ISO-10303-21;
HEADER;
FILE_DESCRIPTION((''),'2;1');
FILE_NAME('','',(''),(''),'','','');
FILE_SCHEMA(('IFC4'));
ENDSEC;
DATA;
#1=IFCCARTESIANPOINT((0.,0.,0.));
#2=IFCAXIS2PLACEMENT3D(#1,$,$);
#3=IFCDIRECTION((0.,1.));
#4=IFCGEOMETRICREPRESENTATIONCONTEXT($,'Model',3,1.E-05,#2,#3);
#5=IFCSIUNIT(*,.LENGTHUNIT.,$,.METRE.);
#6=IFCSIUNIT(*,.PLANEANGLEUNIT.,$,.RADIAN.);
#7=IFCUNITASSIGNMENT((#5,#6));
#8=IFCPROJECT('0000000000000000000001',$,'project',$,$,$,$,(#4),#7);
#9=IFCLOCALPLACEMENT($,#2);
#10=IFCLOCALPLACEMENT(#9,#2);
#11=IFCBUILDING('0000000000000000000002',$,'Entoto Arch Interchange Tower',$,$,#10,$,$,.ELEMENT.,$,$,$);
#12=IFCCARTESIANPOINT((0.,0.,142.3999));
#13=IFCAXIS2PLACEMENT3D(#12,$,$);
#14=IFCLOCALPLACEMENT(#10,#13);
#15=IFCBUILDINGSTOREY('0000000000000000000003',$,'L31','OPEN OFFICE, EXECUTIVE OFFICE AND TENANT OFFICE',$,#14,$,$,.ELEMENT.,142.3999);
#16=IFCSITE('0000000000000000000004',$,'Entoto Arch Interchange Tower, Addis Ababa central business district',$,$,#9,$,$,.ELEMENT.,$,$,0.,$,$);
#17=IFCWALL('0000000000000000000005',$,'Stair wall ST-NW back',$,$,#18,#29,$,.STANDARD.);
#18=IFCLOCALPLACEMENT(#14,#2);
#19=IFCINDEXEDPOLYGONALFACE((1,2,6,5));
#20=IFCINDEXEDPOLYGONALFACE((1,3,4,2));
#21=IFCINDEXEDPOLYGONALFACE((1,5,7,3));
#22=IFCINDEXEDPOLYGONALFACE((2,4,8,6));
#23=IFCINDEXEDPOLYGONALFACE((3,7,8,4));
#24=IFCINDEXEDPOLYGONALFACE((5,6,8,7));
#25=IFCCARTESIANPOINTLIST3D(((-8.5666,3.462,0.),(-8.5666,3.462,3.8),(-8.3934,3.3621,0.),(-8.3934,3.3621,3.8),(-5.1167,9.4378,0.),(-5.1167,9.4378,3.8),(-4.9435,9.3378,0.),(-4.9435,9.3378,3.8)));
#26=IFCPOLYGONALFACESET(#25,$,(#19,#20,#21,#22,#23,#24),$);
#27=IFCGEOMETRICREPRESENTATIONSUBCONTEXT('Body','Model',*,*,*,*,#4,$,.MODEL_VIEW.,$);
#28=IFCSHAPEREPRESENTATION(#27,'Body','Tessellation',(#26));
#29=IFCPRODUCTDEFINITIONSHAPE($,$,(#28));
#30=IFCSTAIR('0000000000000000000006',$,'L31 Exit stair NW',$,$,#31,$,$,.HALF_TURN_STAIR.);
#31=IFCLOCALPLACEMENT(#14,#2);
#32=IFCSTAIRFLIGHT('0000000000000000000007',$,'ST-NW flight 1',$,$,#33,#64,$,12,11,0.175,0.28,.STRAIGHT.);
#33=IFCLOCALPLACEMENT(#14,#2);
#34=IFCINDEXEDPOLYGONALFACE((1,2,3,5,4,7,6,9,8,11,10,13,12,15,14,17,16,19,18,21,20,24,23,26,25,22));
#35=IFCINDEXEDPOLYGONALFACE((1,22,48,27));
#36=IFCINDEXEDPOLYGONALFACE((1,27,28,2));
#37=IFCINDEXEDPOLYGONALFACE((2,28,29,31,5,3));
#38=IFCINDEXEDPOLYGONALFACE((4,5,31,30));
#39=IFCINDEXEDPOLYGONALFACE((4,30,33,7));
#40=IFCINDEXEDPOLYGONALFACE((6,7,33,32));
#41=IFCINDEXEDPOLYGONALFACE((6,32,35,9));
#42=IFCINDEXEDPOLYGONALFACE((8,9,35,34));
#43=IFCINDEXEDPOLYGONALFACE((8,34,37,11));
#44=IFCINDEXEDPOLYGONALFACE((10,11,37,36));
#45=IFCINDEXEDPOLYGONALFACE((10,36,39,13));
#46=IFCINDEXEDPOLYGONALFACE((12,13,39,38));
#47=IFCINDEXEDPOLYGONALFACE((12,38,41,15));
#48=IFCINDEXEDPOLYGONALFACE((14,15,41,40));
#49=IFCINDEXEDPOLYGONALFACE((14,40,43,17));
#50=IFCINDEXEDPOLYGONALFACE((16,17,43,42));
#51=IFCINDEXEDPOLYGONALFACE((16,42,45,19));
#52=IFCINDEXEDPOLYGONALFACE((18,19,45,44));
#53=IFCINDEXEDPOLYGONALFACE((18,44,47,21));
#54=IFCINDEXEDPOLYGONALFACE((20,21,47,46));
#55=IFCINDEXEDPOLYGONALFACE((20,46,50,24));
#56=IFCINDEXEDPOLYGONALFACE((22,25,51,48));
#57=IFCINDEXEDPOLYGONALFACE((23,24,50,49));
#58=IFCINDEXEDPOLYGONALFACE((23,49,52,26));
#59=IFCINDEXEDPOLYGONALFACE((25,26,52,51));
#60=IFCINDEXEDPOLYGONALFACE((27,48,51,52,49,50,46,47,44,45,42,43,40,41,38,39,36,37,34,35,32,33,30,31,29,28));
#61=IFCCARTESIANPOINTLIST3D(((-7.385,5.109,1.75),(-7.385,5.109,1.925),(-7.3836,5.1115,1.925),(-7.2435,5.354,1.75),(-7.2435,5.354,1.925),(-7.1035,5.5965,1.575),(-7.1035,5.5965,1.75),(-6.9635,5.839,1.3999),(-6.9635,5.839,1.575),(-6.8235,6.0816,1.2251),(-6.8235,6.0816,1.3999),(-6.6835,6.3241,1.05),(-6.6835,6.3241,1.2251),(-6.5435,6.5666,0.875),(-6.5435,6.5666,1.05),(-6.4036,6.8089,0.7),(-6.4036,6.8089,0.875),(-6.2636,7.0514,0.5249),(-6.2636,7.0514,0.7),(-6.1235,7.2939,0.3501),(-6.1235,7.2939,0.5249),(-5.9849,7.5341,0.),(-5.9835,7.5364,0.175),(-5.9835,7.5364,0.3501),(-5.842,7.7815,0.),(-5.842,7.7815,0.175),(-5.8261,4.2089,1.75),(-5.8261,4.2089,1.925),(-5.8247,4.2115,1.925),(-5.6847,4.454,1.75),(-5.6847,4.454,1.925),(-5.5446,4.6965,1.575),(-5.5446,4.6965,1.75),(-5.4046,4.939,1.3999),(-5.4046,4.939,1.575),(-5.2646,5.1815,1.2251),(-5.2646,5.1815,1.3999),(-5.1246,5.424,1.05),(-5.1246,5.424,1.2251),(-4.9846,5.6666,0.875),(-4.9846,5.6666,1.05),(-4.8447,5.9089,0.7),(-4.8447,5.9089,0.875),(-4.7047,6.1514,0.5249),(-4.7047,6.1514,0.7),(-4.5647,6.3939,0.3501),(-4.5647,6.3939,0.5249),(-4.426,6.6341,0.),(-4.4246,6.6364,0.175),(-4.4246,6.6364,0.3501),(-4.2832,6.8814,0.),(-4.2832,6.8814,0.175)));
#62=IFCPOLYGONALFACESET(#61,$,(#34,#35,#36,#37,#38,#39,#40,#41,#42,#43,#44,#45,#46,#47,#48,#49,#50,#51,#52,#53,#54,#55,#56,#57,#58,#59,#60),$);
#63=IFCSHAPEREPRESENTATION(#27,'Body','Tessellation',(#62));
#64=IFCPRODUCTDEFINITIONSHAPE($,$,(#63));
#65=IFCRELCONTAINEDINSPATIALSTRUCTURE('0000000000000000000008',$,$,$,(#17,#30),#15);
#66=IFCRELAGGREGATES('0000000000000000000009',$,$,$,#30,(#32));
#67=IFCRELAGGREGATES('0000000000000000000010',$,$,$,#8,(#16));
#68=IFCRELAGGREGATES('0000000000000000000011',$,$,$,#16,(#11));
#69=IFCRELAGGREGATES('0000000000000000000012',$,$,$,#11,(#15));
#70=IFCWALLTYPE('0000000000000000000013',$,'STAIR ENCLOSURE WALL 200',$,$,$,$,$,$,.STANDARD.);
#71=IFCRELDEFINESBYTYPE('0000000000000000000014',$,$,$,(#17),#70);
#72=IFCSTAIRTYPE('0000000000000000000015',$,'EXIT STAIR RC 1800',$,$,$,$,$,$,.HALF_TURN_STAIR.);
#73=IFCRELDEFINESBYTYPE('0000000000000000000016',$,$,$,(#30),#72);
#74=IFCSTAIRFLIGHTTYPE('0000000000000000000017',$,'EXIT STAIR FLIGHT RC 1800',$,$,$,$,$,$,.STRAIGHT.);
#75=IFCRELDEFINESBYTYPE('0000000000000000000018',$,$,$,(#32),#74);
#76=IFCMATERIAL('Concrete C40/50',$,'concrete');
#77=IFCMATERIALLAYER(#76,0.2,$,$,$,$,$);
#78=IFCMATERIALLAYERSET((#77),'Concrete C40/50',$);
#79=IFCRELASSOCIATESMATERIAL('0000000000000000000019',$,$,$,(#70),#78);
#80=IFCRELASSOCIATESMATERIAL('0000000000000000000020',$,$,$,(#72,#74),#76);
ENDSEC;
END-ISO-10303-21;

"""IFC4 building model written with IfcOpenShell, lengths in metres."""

from ifc_helpers import new_model, si_unit, direction, frame, frame_2d, origin, place, context, subcontext, project, spatial, polyline, rectangle, outline, extrude, material, layer, layer_set, type_object, element, aggregate, save


model = new_model("IFC4")

# Units and contexts
model_context = context("Model", 3, precision=1e-05, world=origin(), true_north=direction((0.0, 1.0)))
body_context = subcontext(model_context, "Body", "Model", "MODEL_VIEW")
ifc_project = project(units=[si_unit("LENGTHUNIT", "METRE"), si_unit("PLANEANGLEUNIT", "RADIAN")], contexts=[model_context])

# Site, building, storey
site_placement = place(None, origin())
site = spatial("IfcSite", under=ifc_project, at=site_placement, Name="Entoto Arch Interchange Tower, Addis Ababa central business district", CompositionType="ELEMENT", RefElevation=0.0)
building_placement = place(site_placement, origin())
building = spatial("IfcBuilding", under=site, at=building_placement, Name="Entoto Arch Interchange Tower", CompositionType="ELEMENT")
storey_placement = place(building_placement, frame((0.0, 0.0, 142.3999)))
storey = spatial("IfcBuildingStorey", under=building, at=storey_placement, Name="L31", Description="OPEN OFFICE, EXECUTIVE OFFICE AND TENANT OFFICE", CompositionType="ELEMENT", Elevation=142.3999)

# Shared definitions
ifc_material_1 = material(Name="Concrete C40/50", Category="concrete")
ifc_layer_1 = layer(ifc_material_1, 0.2)
ifc_layer_set_1 = layer_set([ifc_layer_1], Name="Concrete C40/50")
wall_type_1 = type_object("IfcWallType", Name="STAIR ENCLOSURE WALL 200", PredefinedType="STANDARD", material=ifc_layer_set_1)

# Wall
wall_1_placement = place(storey_placement, frame((-5.03, 9.3879, 0.0), z_axis=(0.0, 0.0, 1.0), x_axis=(-0.499979, -0.866038, 0.0)))
element("IfcWall", 1, at=wall_1_placement, inside=storey, type_object=wall_type_1, Name="Stair wall ST-NW back", PredefinedType="STANDARD", context=body_context, shape_type="SweptSolid", body=[
    extrude(rectangle(XDim=6.9001, YDim=0.2, at=frame_2d((3.4502, 0.0))), origin(), (0.0, 0.0, 1.0), 3.8),
])

# Stair, stair flight
stair_type = type_object("IfcStairType", Name="EXIT STAIR RC 1800", PredefinedType="HALF_TURN_STAIR", material=ifc_material_1)
stair_placement = place(storey_placement, origin())
stair = element("IfcStair", 2, at=stair_placement, inside=storey, type_object=stair_type, Name="L31 Exit stair NW", PredefinedType="HALF_TURN_STAIR")
stair_flight_type = type_object("IfcStairFlightType", Name="EXIT STAIR FLIGHT RC 1800", PredefinedType="STRAIGHT", material=ifc_material_1)
stair_flight_placement = place(storey_placement, frame((-5.064, 7.3289, 0.0), z_axis=(0.0, 0.0, 1.0), x_axis=(-0.5, -0.866025, 0.0)))
stair_flight = element("IfcStairFlight", 3, at=stair_flight_placement, type_object=stair_flight_type, Name="ST-NW flight 1", NumberOfRisers=12, NumberOfTreads=11, PredefinedType="STRAIGHT", RiserHeight=0.175, TreadLength=0.28, context=body_context, shape_type="SweptSolid", body=[
    extrude(outline(polyline([(-0.0029, 0.0), (-0.0029, 0.175), (0.28, 0.175), (0.28, 0.3501), (0.5601, 0.3501), (0.5601, 0.5249), (0.8401, 0.5249), (0.8401, 0.7), (1.1201, 0.7), (1.1201, 0.875), (1.3999, 0.875), (1.3999, 1.05), (1.6799, 1.05), (1.6799, 1.2251), (1.96, 1.2251), (1.96, 1.3999), (2.24, 1.3999), (2.24, 1.575), (2.52, 1.575), (2.52, 1.75), (2.8, 1.75), (2.8, 1.925), (3.0801, 1.925), (3.083, 1.925), (3.083, 1.75), (0.2827, 0.0), (-0.0029, 0.0)])), frame((0.0, 0.8999, 0.0), z_axis=(0.0, -1.0, 0.0), x_axis=(1.0, 0.0, 0.0)), (0.0, 0.0, 1.0), 1.8),
])
aggregate(stair, [stair_flight])

save(model, "model.ifc")
